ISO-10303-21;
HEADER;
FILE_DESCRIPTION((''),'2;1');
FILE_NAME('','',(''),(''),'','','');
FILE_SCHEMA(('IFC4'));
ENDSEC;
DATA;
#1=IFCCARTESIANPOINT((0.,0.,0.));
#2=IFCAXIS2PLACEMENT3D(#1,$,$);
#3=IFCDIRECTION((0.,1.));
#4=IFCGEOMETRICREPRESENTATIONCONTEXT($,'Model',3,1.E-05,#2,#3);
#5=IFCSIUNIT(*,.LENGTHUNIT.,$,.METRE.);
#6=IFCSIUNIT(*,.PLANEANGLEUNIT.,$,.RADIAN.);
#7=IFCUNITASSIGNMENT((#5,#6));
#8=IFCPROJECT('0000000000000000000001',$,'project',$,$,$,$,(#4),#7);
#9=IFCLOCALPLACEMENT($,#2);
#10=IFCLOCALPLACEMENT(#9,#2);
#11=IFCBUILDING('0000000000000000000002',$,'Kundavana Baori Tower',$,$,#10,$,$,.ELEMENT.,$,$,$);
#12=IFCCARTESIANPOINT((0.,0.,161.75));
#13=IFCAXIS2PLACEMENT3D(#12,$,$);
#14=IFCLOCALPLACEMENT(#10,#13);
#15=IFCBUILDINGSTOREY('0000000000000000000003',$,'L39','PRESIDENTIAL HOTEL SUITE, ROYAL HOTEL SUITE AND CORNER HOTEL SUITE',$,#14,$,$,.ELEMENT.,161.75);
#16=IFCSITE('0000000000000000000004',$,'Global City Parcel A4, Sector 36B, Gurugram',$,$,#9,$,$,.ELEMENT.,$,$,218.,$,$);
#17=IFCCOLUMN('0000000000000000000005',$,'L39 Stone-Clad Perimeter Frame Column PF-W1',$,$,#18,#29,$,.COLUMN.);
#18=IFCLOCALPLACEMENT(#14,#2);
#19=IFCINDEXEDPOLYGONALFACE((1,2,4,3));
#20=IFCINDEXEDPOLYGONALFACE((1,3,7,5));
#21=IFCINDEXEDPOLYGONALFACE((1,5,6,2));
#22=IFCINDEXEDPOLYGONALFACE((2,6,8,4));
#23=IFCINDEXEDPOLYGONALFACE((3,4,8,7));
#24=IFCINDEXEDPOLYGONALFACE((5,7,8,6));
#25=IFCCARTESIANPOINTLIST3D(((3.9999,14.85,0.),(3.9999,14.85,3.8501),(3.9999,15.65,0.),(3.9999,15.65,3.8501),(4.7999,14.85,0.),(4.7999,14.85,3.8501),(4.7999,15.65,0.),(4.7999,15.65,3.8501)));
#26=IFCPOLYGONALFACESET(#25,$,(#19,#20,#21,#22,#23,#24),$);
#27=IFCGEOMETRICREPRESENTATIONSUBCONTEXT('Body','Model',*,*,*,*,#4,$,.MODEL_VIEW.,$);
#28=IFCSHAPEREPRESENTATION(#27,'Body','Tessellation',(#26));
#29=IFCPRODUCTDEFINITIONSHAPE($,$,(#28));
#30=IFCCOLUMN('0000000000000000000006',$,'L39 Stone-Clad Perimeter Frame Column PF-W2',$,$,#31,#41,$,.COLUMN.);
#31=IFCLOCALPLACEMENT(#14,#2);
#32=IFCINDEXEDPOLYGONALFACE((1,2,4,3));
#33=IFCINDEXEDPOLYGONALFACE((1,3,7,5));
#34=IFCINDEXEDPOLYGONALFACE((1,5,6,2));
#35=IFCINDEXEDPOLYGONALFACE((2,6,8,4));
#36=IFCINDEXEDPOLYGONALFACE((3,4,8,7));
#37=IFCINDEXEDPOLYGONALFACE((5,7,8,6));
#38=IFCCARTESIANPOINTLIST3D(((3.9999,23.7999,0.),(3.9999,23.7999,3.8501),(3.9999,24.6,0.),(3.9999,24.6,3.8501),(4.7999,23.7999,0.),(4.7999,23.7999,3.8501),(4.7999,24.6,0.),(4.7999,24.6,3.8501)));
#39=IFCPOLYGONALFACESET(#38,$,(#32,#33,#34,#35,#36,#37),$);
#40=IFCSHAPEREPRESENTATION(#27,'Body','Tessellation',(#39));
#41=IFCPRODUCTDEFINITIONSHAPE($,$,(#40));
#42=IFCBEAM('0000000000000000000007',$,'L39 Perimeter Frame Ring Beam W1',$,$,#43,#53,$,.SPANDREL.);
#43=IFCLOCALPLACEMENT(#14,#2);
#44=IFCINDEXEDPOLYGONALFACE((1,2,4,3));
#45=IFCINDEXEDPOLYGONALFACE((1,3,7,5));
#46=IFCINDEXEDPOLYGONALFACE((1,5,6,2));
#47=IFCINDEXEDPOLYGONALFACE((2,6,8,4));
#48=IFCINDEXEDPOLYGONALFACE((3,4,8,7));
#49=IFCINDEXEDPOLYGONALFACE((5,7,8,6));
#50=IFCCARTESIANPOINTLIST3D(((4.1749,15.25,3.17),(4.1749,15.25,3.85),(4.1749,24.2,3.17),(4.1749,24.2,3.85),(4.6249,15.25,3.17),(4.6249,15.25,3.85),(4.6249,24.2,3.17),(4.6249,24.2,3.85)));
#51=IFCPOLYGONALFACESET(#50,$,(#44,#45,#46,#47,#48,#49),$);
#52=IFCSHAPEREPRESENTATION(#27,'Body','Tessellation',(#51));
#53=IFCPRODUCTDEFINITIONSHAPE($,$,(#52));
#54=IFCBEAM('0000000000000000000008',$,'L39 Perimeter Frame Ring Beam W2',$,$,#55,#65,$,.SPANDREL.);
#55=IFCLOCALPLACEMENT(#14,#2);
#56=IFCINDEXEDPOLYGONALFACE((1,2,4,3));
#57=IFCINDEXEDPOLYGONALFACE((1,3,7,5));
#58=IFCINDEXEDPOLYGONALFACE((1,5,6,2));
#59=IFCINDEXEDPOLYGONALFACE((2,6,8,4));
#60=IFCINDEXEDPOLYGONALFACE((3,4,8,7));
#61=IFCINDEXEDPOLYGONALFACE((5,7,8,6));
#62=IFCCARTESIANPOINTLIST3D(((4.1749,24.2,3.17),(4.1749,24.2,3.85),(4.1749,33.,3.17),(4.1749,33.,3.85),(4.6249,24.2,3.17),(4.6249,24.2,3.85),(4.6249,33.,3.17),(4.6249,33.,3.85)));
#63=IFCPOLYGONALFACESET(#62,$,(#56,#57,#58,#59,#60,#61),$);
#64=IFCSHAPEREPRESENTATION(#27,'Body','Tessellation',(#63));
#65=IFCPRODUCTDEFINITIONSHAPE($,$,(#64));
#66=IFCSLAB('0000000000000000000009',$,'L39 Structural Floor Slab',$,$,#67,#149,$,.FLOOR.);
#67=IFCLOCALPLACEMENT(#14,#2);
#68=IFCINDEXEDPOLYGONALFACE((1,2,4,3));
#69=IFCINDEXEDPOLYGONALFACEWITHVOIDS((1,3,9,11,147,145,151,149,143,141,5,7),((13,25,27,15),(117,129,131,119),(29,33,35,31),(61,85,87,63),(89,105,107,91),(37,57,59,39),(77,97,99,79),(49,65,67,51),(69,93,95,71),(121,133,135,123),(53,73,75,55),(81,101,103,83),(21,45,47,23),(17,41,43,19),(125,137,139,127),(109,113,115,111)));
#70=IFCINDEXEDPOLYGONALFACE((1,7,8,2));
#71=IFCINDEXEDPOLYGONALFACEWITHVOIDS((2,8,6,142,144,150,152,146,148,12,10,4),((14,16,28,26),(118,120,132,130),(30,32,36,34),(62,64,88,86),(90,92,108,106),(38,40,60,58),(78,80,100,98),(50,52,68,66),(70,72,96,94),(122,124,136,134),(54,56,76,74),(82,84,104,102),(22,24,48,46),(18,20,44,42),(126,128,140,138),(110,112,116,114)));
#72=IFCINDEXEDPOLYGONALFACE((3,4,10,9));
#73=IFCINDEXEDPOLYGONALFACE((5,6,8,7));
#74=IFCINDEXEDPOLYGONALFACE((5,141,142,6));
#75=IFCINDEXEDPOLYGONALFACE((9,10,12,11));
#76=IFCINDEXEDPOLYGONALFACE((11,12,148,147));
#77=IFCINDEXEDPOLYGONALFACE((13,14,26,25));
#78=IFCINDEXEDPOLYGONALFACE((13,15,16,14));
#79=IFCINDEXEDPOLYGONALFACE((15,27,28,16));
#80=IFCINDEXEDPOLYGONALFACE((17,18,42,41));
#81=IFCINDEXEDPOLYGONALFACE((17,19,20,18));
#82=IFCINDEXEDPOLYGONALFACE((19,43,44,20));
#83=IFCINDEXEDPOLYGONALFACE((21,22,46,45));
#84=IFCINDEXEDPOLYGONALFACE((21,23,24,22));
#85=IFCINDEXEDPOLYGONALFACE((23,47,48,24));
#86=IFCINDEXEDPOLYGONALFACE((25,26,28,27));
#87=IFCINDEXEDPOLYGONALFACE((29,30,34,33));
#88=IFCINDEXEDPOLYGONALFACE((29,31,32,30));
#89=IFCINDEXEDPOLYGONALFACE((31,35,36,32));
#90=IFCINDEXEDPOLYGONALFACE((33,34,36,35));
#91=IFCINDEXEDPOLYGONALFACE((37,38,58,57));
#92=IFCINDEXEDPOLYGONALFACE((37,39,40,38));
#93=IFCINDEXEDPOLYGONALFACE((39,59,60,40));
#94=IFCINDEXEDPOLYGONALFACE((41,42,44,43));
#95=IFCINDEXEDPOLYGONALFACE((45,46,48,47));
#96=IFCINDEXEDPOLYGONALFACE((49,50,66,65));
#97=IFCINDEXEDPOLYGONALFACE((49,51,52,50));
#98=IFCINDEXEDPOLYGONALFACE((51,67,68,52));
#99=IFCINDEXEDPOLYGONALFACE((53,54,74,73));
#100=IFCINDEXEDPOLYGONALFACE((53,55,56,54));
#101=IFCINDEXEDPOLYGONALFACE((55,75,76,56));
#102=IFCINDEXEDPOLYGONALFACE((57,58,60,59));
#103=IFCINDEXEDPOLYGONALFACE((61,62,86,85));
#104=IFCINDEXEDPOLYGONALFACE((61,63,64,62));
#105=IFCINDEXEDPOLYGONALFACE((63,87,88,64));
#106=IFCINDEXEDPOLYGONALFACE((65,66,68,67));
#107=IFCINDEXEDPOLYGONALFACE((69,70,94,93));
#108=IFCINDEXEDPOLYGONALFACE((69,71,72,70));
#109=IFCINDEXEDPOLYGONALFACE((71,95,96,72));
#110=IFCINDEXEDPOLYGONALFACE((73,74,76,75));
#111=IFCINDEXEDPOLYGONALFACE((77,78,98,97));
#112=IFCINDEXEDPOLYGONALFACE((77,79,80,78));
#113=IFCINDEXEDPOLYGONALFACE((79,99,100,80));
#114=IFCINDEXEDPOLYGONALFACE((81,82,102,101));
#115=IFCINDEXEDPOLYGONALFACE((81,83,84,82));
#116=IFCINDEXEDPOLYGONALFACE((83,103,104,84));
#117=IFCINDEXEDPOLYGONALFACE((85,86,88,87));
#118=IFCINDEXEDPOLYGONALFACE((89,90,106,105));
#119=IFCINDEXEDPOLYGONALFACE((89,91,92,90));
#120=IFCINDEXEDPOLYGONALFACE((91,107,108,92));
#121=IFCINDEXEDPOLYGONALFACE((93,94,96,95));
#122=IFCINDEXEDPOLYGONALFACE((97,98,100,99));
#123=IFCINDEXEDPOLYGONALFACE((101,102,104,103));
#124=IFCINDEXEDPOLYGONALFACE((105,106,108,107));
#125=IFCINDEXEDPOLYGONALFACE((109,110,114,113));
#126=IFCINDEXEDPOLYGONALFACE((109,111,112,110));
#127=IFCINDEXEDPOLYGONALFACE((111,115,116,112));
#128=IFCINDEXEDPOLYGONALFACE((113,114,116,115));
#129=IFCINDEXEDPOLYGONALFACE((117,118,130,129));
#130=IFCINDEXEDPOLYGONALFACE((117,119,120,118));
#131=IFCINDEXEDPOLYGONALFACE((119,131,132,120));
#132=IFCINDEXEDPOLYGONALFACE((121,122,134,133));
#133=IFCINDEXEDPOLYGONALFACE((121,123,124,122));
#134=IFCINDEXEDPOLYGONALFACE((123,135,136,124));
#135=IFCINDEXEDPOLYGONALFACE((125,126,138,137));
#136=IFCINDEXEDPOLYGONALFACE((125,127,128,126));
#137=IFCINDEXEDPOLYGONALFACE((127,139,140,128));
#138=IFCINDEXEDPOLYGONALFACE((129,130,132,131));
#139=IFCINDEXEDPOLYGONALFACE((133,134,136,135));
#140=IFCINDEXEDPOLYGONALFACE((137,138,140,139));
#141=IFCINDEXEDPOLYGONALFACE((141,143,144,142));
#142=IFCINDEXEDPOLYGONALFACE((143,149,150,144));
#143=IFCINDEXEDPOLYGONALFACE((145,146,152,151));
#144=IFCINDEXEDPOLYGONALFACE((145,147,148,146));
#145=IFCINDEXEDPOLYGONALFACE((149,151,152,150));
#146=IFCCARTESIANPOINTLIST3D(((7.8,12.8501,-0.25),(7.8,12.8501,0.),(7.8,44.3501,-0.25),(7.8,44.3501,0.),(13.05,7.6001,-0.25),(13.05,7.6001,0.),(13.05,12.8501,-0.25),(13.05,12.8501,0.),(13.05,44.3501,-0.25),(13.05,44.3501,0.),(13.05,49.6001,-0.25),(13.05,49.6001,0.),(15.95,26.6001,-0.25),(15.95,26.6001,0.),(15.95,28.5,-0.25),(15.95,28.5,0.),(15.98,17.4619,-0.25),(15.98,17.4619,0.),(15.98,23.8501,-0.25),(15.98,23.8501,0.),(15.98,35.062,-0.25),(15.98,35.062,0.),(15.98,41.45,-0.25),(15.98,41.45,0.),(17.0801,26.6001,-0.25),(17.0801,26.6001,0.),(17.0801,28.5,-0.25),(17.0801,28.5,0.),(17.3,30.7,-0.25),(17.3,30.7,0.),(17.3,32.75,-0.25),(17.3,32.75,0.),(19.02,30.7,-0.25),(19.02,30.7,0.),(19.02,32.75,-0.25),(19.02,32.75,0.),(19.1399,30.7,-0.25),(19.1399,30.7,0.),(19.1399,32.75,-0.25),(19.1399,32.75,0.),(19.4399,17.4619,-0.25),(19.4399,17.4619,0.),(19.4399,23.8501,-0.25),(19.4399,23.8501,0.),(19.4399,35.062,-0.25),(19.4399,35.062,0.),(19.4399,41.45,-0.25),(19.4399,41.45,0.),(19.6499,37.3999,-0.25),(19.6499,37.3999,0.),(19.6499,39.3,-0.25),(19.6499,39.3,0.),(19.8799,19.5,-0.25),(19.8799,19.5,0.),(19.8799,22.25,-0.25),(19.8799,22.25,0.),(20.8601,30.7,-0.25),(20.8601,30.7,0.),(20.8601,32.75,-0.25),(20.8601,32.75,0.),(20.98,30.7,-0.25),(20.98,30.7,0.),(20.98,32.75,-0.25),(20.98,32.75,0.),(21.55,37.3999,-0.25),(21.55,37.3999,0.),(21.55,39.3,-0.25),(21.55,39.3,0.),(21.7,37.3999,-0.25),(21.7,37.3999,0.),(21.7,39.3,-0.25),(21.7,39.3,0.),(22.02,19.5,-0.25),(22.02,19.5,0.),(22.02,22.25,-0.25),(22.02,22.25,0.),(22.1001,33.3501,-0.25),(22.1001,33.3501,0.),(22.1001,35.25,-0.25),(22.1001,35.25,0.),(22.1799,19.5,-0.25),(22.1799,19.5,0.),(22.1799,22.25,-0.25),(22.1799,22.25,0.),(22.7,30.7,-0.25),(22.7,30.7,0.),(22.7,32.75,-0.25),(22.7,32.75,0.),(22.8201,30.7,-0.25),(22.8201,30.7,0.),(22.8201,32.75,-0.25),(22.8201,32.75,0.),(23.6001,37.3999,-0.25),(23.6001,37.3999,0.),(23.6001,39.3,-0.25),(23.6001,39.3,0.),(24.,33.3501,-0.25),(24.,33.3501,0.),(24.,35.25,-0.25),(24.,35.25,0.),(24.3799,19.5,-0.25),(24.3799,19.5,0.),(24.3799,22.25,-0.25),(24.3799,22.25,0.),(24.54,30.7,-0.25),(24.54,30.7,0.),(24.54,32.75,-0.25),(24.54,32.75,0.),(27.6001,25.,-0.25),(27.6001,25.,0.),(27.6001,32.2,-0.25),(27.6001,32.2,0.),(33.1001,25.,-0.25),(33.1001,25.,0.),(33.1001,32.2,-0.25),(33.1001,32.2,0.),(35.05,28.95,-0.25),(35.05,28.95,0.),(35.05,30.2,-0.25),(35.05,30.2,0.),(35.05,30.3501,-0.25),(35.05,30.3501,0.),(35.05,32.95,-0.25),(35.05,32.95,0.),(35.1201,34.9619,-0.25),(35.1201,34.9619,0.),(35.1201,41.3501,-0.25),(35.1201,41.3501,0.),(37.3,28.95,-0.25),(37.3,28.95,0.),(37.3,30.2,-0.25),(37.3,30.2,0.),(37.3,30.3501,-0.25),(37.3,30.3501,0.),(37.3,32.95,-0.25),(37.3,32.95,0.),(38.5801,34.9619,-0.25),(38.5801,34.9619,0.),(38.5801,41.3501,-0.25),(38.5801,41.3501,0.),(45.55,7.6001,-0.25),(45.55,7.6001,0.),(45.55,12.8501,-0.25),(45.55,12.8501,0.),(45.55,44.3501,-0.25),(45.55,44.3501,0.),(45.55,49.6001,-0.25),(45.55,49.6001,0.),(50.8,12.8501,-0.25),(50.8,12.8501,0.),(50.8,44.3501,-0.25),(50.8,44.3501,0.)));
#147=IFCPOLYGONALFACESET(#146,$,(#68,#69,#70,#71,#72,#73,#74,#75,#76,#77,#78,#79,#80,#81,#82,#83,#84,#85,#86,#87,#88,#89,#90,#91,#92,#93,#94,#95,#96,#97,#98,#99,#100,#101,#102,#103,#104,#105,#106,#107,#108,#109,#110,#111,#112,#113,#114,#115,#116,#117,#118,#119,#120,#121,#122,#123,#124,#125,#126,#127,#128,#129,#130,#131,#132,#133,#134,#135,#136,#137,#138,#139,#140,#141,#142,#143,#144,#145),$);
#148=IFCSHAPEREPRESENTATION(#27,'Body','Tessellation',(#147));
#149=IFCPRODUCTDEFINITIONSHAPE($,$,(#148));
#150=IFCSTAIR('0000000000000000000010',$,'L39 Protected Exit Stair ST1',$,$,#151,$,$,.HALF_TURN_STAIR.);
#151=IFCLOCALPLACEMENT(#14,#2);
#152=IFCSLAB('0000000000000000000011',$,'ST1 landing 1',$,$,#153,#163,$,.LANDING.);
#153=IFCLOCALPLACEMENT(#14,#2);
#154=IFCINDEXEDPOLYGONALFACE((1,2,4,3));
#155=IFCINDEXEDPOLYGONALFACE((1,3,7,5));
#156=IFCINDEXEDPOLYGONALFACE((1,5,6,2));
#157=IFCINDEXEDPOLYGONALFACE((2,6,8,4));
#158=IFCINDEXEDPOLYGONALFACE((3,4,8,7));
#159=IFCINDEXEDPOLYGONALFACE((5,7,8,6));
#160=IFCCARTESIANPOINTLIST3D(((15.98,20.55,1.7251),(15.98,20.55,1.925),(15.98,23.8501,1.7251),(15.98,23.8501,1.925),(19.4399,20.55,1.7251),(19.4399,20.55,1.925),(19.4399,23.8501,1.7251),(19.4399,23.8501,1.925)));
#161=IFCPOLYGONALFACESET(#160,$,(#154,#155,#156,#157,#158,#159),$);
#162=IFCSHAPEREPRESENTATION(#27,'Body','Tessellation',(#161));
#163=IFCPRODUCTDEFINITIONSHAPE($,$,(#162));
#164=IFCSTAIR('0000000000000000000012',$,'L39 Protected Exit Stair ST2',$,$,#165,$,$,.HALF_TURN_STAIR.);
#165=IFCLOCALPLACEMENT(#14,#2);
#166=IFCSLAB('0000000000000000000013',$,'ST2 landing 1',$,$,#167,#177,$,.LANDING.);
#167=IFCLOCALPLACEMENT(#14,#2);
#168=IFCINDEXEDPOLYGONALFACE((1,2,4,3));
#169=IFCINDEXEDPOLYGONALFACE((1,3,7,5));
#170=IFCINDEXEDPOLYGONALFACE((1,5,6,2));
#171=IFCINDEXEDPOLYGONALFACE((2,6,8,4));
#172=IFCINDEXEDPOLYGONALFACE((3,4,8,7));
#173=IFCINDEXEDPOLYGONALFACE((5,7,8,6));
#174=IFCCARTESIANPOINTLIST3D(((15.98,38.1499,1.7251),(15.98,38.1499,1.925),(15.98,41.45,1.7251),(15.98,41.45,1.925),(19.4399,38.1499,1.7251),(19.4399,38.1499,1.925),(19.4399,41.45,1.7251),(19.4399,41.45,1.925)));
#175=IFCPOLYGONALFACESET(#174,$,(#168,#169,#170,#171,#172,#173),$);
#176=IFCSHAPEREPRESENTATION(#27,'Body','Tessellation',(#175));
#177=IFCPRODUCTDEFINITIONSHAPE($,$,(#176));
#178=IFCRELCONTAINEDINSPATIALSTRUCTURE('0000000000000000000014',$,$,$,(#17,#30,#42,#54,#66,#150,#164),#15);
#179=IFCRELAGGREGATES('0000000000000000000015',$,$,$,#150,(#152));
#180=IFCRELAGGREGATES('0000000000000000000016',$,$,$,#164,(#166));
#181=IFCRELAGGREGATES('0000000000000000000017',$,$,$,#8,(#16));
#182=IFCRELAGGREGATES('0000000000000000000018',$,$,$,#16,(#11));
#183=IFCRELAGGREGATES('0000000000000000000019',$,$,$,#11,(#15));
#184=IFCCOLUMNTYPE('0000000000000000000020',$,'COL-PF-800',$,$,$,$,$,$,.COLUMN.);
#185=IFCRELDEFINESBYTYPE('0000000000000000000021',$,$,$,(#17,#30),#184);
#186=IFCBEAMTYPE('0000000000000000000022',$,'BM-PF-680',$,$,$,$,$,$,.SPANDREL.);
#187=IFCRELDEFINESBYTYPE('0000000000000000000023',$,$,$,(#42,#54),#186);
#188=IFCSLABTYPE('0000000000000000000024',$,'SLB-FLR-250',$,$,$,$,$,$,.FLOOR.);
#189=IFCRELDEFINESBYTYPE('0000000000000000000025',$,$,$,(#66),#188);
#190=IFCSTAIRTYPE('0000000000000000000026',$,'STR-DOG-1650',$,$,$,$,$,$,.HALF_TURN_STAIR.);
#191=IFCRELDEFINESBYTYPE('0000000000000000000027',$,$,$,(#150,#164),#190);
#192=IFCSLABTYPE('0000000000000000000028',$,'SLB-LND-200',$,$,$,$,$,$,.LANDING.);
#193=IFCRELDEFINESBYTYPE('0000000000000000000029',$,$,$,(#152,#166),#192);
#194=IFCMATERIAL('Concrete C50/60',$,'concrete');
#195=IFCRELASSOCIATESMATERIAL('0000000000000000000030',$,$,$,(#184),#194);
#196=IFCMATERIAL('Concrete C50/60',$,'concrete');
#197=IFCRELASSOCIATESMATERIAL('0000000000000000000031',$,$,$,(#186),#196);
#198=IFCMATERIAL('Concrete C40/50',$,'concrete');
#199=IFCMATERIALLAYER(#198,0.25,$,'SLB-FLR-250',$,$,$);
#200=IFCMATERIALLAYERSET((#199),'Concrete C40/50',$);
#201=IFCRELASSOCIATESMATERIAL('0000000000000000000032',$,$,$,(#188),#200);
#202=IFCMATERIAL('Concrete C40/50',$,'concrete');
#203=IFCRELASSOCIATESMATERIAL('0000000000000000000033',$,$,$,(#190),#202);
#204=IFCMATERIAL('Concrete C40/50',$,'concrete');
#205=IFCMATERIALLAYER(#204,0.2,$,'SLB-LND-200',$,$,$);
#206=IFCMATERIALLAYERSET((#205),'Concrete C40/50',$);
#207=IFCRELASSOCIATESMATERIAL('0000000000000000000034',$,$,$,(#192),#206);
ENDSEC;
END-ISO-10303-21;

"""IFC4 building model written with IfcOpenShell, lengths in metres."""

from ifc_helpers import new_model, si_unit, direction, frame, origin, origin_2d, place, context, subcontext, project, spatial, polyline, rectangle, outline, extrude, material, layer, layer_set, material_profile, profile_set, type_object, element, aggregate, save


model = new_model("IFC4")

# Units and contexts
model_context = context("Model", 3, precision=1e-05, world=origin(), true_north=direction((0.0, 1.0)))
body_context = subcontext(model_context, "Body", "Model", "MODEL_VIEW")
ifc_project = project(units=[si_unit("LENGTHUNIT", "METRE"), si_unit("PLANEANGLEUNIT", "RADIAN")], contexts=[model_context])

# Site, building, storey
site_placement = place(None, origin())
site = spatial("IfcSite", under=ifc_project, at=site_placement, Name="Global City Parcel A4, Sector 36B, Gurugram", CompositionType="ELEMENT", RefElevation=218.0)
building_placement = place(site_placement, origin())
building = spatial("IfcBuilding", under=site, at=building_placement, Name="Kundavana Baori Tower", CompositionType="ELEMENT")
storey_placement = place(building_placement, frame((0.0, 0.0, 161.75)))
storey = spatial("IfcBuildingStorey", under=building, at=storey_placement, Name="L39", Description="PRESIDENTIAL HOTEL SUITE, ROYAL HOTEL SUITE AND CORNER HOTEL SUITE", CompositionType="ELEMENT", Elevation=161.75)

# Columns
ifc_material_1 = material(Name="Concrete C50/60", Category="concrete")
ifc_material_profile_1 = material_profile(ifc_material_1, rectangle(XDim=0.8, YDim=0.8, at=origin_2d()), Name="RC PF 800x800")
ifc_profile_set_1 = profile_set([ifc_material_profile_1], Name="Concrete C50/60")
column_type = type_object("IfcColumnType", Name="COL-PF-800", PredefinedType="COLUMN", material=ifc_profile_set_1)
for number, where, z_axis, x_axis, name in (
    (1, (4.3999, 15.25, 0.0), (0.0, 0.0, 1.0), (1.0, 0.0, 0.0), "L39 Stone-Clad Perimeter Frame Column PF-W1"),
    (2, (4.3999, 24.2, 0.0), (0.0, 0.0, 1.0), (1.0, 0.0, 0.0), "L39 Stone-Clad Perimeter Frame Column PF-W2"),
):
    element("IfcColumn", number, at=place(storey_placement, frame(where, z_axis=z_axis, x_axis=x_axis)), inside=storey, type_object=column_type, Name=name, PredefinedType="COLUMN", context=body_context, shape_type="SweptSolid", body=[
        extrude(rectangle(XDim=0.8, YDim=0.8, at=origin_2d()), origin(), (0.0, 0.0, 1.0), 3.8501),
    ])

# Beams
ifc_material_2 = material(Name="Concrete C50/60", Category="concrete")
ifc_material_profile_2 = material_profile(ifc_material_2, rectangle(XDim=0.45, YDim=0.6799, at=origin_2d()), Name="RC BM 450x680")
ifc_profile_set_2 = profile_set([ifc_material_profile_2], Name="Concrete C50/60")
beam_type = type_object("IfcBeamType", Name="BM-PF-680", PredefinedType="SPANDREL", material=ifc_profile_set_2)
beam_1_placement = place(storey_placement, frame((4.3999, 15.25, 3.51), z_axis=(0.0, 1.0, 0.0), x_axis=(-1.0, 0.0, 0.0)))
element("IfcBeam", 3, at=beam_1_placement, inside=storey, type_object=beam_type, Name="L39 Perimeter Frame Ring Beam W1", PredefinedType="SPANDREL", context=body_context, shape_type="SweptSolid", body=[
    extrude(rectangle(XDim=0.45, YDim=0.6799, at=origin_2d()), origin(), (0.0, 0.0, 1.0), 8.95),
])
beam_2_placement = place(storey_placement, frame((4.3999, 24.2, 3.51), z_axis=(0.0, 1.0, 0.0), x_axis=(-1.0, 0.0, 0.0)))
element("IfcBeam", 4, at=beam_2_placement, inside=storey, type_object=beam_type, Name="L39 Perimeter Frame Ring Beam W2", PredefinedType="SPANDREL", context=body_context, shape_type="SweptSolid", body=[
    extrude(rectangle(XDim=0.45, YDim=0.6799, at=origin_2d()), origin(), (0.0, 0.0, 1.0), 8.8),
])

# Slab
ifc_material_3 = material(Name="Concrete C40/50", Category="concrete")
ifc_layer_1 = layer(ifc_material_3, 0.25, Name="SLB-FLR-250")
ifc_layer_set_1 = layer_set([ifc_layer_1], Name="Concrete C40/50")
slab_type_1 = type_object("IfcSlabType", Name="SLB-FLR-250", PredefinedType="FLOOR", material=ifc_layer_set_1)
slab_1_placement = place(storey_placement, frame((0.0, 0.0, -0.25)))
element("IfcSlab", 5, at=slab_1_placement, inside=storey, type_object=slab_type_1, Name="L39 Structural Floor Slab", PredefinedType="FLOOR", context=body_context, shape_type="SweptSolid", body=[
    extrude(outline(polyline([(13.05, 7.6001), (45.55, 7.6001), (45.55, 12.8501), (50.8, 12.8501), (50.8, 44.3501), (45.55, 44.3501), (45.55, 49.6001), (13.05, 49.6001), (13.05, 44.3501), (7.8, 44.3501), (7.8, 12.8501), (13.05, 12.8501), (13.05, 7.6001)]), holes=[polyline([(19.4399, 17.4619), (19.4399, 23.8501), (15.98, 23.8501), (15.98, 17.4619), (19.4399, 17.4619)]), polyline([(19.4399, 35.062), (19.4399, 41.45), (15.98, 41.45), (15.98, 35.062), (19.4399, 35.062)]), polyline([(38.5801, 34.9619), (38.5801, 41.3501), (35.1201, 41.3501), (35.1201, 34.9619), (38.5801, 34.9619)]), polyline([(17.3, 30.7), (19.02, 30.7), (19.02, 32.75), (17.3, 32.75), (17.3, 30.7)]), polyline([(19.1399, 30.7), (20.8601, 30.7), (20.8601, 32.75), (19.1399, 32.75), (19.1399, 30.7)]), polyline([(20.98, 30.7), (22.7, 30.7), (22.7, 32.75), (20.98, 32.75), (20.98, 30.7)]), polyline([(22.8201, 30.7), (24.54, 30.7), (24.54, 32.75), (22.8201, 32.75), (22.8201, 30.7)]), polyline([(19.6499, 37.3999), (21.55, 37.3999), (21.55, 39.3), (19.6499, 39.3), (19.6499, 37.3999)]), polyline([(21.7, 37.3999), (23.6001, 37.3999), (23.6001, 39.3), (21.7, 39.3), (21.7, 37.3999)]), polyline([(22.1001, 33.3501), (24.0, 33.3501), (24.0, 35.25), (22.1001, 35.25), (22.1001, 33.3501)]), polyline([(19.8799, 19.5), (22.02, 19.5), (22.02, 22.25), (19.8799, 22.25), (19.8799, 19.5)]), polyline([(22.1799, 19.5), (24.3799, 19.5), (24.3799, 22.25), (22.1799, 22.25), (22.1799, 19.5)]), polyline([(35.05, 30.3501), (37.3, 30.3501), (37.3, 32.95), (35.05, 32.95), (35.05, 30.3501)]), polyline([(15.95, 26.6001), (17.0801, 26.6001), (17.0801, 28.5), (15.95, 28.5), (15.95, 26.6001)]), polyline([(35.05, 28.95), (37.3, 28.95), (37.3, 30.2), (35.05, 30.2), (35.05, 28.95)]), polyline([(27.6001, 25.0), (33.1001, 25.0), (33.1001, 32.2), (27.6001, 32.2), (27.6001, 25.0)])]), origin(), (0.0, 0.0, 1.0), 0.25),
])

# Stairs, slabs
ifc_material_4 = material(Name="Concrete C40/50", Category="concrete")
stair_type = type_object("IfcStairType", Name="STR-DOG-1650", PredefinedType="HALF_TURN_STAIR", material=ifc_material_4)
stair_1_placement = place(storey_placement, origin())
stair_1 = element("IfcStair", 6, at=stair_1_placement, inside=storey, type_object=stair_type, Name="L39 Protected Exit Stair ST1", PredefinedType="HALF_TURN_STAIR")
ifc_material_5 = material(Name="Concrete C40/50", Category="concrete")
ifc_layer_2 = layer(ifc_material_5, 0.2, Name="SLB-LND-200")
ifc_layer_set_2 = layer_set([ifc_layer_2], Name="Concrete C40/50")
slab_type_2 = type_object("IfcSlabType", Name="SLB-LND-200", PredefinedType="LANDING", material=ifc_layer_set_2)
slab_2_placement = place(storey_placement, frame((0.0, 0.0, 1.7251)))
slab_2 = element("IfcSlab", 7, at=slab_2_placement, type_object=slab_type_2, Name="ST1 landing 1", PredefinedType="LANDING", context=body_context, shape_type="SweptSolid", body=[
    extrude(outline(polyline([(19.4399, 20.55), (19.4399, 23.8501), (15.98, 23.8501), (15.98, 20.55), (19.4399, 20.55)])), origin(), (0.0, 0.0, 1.0), 0.2),
])
aggregate(stair_1, [slab_2])
stair_2_placement = place(storey_placement, origin())
stair_2 = element("IfcStair", 8, at=stair_2_placement, inside=storey, type_object=stair_type, Name="L39 Protected Exit Stair ST2", PredefinedType="HALF_TURN_STAIR")
slab_3_placement = place(storey_placement, frame((0.0, 0.0, 1.7251)))
slab_3 = element("IfcSlab", 9, at=slab_3_placement, type_object=slab_type_2, Name="ST2 landing 1", PredefinedType="LANDING", context=body_context, shape_type="SweptSolid", body=[
    extrude(outline(polyline([(19.4399, 38.1499), (19.4399, 41.45), (15.98, 41.45), (15.98, 38.1499), (19.4399, 38.1499)])), origin(), (0.0, 0.0, 1.0), 0.2),
])
aggregate(stair_2, [slab_3])

save(model, "model.ifc")
